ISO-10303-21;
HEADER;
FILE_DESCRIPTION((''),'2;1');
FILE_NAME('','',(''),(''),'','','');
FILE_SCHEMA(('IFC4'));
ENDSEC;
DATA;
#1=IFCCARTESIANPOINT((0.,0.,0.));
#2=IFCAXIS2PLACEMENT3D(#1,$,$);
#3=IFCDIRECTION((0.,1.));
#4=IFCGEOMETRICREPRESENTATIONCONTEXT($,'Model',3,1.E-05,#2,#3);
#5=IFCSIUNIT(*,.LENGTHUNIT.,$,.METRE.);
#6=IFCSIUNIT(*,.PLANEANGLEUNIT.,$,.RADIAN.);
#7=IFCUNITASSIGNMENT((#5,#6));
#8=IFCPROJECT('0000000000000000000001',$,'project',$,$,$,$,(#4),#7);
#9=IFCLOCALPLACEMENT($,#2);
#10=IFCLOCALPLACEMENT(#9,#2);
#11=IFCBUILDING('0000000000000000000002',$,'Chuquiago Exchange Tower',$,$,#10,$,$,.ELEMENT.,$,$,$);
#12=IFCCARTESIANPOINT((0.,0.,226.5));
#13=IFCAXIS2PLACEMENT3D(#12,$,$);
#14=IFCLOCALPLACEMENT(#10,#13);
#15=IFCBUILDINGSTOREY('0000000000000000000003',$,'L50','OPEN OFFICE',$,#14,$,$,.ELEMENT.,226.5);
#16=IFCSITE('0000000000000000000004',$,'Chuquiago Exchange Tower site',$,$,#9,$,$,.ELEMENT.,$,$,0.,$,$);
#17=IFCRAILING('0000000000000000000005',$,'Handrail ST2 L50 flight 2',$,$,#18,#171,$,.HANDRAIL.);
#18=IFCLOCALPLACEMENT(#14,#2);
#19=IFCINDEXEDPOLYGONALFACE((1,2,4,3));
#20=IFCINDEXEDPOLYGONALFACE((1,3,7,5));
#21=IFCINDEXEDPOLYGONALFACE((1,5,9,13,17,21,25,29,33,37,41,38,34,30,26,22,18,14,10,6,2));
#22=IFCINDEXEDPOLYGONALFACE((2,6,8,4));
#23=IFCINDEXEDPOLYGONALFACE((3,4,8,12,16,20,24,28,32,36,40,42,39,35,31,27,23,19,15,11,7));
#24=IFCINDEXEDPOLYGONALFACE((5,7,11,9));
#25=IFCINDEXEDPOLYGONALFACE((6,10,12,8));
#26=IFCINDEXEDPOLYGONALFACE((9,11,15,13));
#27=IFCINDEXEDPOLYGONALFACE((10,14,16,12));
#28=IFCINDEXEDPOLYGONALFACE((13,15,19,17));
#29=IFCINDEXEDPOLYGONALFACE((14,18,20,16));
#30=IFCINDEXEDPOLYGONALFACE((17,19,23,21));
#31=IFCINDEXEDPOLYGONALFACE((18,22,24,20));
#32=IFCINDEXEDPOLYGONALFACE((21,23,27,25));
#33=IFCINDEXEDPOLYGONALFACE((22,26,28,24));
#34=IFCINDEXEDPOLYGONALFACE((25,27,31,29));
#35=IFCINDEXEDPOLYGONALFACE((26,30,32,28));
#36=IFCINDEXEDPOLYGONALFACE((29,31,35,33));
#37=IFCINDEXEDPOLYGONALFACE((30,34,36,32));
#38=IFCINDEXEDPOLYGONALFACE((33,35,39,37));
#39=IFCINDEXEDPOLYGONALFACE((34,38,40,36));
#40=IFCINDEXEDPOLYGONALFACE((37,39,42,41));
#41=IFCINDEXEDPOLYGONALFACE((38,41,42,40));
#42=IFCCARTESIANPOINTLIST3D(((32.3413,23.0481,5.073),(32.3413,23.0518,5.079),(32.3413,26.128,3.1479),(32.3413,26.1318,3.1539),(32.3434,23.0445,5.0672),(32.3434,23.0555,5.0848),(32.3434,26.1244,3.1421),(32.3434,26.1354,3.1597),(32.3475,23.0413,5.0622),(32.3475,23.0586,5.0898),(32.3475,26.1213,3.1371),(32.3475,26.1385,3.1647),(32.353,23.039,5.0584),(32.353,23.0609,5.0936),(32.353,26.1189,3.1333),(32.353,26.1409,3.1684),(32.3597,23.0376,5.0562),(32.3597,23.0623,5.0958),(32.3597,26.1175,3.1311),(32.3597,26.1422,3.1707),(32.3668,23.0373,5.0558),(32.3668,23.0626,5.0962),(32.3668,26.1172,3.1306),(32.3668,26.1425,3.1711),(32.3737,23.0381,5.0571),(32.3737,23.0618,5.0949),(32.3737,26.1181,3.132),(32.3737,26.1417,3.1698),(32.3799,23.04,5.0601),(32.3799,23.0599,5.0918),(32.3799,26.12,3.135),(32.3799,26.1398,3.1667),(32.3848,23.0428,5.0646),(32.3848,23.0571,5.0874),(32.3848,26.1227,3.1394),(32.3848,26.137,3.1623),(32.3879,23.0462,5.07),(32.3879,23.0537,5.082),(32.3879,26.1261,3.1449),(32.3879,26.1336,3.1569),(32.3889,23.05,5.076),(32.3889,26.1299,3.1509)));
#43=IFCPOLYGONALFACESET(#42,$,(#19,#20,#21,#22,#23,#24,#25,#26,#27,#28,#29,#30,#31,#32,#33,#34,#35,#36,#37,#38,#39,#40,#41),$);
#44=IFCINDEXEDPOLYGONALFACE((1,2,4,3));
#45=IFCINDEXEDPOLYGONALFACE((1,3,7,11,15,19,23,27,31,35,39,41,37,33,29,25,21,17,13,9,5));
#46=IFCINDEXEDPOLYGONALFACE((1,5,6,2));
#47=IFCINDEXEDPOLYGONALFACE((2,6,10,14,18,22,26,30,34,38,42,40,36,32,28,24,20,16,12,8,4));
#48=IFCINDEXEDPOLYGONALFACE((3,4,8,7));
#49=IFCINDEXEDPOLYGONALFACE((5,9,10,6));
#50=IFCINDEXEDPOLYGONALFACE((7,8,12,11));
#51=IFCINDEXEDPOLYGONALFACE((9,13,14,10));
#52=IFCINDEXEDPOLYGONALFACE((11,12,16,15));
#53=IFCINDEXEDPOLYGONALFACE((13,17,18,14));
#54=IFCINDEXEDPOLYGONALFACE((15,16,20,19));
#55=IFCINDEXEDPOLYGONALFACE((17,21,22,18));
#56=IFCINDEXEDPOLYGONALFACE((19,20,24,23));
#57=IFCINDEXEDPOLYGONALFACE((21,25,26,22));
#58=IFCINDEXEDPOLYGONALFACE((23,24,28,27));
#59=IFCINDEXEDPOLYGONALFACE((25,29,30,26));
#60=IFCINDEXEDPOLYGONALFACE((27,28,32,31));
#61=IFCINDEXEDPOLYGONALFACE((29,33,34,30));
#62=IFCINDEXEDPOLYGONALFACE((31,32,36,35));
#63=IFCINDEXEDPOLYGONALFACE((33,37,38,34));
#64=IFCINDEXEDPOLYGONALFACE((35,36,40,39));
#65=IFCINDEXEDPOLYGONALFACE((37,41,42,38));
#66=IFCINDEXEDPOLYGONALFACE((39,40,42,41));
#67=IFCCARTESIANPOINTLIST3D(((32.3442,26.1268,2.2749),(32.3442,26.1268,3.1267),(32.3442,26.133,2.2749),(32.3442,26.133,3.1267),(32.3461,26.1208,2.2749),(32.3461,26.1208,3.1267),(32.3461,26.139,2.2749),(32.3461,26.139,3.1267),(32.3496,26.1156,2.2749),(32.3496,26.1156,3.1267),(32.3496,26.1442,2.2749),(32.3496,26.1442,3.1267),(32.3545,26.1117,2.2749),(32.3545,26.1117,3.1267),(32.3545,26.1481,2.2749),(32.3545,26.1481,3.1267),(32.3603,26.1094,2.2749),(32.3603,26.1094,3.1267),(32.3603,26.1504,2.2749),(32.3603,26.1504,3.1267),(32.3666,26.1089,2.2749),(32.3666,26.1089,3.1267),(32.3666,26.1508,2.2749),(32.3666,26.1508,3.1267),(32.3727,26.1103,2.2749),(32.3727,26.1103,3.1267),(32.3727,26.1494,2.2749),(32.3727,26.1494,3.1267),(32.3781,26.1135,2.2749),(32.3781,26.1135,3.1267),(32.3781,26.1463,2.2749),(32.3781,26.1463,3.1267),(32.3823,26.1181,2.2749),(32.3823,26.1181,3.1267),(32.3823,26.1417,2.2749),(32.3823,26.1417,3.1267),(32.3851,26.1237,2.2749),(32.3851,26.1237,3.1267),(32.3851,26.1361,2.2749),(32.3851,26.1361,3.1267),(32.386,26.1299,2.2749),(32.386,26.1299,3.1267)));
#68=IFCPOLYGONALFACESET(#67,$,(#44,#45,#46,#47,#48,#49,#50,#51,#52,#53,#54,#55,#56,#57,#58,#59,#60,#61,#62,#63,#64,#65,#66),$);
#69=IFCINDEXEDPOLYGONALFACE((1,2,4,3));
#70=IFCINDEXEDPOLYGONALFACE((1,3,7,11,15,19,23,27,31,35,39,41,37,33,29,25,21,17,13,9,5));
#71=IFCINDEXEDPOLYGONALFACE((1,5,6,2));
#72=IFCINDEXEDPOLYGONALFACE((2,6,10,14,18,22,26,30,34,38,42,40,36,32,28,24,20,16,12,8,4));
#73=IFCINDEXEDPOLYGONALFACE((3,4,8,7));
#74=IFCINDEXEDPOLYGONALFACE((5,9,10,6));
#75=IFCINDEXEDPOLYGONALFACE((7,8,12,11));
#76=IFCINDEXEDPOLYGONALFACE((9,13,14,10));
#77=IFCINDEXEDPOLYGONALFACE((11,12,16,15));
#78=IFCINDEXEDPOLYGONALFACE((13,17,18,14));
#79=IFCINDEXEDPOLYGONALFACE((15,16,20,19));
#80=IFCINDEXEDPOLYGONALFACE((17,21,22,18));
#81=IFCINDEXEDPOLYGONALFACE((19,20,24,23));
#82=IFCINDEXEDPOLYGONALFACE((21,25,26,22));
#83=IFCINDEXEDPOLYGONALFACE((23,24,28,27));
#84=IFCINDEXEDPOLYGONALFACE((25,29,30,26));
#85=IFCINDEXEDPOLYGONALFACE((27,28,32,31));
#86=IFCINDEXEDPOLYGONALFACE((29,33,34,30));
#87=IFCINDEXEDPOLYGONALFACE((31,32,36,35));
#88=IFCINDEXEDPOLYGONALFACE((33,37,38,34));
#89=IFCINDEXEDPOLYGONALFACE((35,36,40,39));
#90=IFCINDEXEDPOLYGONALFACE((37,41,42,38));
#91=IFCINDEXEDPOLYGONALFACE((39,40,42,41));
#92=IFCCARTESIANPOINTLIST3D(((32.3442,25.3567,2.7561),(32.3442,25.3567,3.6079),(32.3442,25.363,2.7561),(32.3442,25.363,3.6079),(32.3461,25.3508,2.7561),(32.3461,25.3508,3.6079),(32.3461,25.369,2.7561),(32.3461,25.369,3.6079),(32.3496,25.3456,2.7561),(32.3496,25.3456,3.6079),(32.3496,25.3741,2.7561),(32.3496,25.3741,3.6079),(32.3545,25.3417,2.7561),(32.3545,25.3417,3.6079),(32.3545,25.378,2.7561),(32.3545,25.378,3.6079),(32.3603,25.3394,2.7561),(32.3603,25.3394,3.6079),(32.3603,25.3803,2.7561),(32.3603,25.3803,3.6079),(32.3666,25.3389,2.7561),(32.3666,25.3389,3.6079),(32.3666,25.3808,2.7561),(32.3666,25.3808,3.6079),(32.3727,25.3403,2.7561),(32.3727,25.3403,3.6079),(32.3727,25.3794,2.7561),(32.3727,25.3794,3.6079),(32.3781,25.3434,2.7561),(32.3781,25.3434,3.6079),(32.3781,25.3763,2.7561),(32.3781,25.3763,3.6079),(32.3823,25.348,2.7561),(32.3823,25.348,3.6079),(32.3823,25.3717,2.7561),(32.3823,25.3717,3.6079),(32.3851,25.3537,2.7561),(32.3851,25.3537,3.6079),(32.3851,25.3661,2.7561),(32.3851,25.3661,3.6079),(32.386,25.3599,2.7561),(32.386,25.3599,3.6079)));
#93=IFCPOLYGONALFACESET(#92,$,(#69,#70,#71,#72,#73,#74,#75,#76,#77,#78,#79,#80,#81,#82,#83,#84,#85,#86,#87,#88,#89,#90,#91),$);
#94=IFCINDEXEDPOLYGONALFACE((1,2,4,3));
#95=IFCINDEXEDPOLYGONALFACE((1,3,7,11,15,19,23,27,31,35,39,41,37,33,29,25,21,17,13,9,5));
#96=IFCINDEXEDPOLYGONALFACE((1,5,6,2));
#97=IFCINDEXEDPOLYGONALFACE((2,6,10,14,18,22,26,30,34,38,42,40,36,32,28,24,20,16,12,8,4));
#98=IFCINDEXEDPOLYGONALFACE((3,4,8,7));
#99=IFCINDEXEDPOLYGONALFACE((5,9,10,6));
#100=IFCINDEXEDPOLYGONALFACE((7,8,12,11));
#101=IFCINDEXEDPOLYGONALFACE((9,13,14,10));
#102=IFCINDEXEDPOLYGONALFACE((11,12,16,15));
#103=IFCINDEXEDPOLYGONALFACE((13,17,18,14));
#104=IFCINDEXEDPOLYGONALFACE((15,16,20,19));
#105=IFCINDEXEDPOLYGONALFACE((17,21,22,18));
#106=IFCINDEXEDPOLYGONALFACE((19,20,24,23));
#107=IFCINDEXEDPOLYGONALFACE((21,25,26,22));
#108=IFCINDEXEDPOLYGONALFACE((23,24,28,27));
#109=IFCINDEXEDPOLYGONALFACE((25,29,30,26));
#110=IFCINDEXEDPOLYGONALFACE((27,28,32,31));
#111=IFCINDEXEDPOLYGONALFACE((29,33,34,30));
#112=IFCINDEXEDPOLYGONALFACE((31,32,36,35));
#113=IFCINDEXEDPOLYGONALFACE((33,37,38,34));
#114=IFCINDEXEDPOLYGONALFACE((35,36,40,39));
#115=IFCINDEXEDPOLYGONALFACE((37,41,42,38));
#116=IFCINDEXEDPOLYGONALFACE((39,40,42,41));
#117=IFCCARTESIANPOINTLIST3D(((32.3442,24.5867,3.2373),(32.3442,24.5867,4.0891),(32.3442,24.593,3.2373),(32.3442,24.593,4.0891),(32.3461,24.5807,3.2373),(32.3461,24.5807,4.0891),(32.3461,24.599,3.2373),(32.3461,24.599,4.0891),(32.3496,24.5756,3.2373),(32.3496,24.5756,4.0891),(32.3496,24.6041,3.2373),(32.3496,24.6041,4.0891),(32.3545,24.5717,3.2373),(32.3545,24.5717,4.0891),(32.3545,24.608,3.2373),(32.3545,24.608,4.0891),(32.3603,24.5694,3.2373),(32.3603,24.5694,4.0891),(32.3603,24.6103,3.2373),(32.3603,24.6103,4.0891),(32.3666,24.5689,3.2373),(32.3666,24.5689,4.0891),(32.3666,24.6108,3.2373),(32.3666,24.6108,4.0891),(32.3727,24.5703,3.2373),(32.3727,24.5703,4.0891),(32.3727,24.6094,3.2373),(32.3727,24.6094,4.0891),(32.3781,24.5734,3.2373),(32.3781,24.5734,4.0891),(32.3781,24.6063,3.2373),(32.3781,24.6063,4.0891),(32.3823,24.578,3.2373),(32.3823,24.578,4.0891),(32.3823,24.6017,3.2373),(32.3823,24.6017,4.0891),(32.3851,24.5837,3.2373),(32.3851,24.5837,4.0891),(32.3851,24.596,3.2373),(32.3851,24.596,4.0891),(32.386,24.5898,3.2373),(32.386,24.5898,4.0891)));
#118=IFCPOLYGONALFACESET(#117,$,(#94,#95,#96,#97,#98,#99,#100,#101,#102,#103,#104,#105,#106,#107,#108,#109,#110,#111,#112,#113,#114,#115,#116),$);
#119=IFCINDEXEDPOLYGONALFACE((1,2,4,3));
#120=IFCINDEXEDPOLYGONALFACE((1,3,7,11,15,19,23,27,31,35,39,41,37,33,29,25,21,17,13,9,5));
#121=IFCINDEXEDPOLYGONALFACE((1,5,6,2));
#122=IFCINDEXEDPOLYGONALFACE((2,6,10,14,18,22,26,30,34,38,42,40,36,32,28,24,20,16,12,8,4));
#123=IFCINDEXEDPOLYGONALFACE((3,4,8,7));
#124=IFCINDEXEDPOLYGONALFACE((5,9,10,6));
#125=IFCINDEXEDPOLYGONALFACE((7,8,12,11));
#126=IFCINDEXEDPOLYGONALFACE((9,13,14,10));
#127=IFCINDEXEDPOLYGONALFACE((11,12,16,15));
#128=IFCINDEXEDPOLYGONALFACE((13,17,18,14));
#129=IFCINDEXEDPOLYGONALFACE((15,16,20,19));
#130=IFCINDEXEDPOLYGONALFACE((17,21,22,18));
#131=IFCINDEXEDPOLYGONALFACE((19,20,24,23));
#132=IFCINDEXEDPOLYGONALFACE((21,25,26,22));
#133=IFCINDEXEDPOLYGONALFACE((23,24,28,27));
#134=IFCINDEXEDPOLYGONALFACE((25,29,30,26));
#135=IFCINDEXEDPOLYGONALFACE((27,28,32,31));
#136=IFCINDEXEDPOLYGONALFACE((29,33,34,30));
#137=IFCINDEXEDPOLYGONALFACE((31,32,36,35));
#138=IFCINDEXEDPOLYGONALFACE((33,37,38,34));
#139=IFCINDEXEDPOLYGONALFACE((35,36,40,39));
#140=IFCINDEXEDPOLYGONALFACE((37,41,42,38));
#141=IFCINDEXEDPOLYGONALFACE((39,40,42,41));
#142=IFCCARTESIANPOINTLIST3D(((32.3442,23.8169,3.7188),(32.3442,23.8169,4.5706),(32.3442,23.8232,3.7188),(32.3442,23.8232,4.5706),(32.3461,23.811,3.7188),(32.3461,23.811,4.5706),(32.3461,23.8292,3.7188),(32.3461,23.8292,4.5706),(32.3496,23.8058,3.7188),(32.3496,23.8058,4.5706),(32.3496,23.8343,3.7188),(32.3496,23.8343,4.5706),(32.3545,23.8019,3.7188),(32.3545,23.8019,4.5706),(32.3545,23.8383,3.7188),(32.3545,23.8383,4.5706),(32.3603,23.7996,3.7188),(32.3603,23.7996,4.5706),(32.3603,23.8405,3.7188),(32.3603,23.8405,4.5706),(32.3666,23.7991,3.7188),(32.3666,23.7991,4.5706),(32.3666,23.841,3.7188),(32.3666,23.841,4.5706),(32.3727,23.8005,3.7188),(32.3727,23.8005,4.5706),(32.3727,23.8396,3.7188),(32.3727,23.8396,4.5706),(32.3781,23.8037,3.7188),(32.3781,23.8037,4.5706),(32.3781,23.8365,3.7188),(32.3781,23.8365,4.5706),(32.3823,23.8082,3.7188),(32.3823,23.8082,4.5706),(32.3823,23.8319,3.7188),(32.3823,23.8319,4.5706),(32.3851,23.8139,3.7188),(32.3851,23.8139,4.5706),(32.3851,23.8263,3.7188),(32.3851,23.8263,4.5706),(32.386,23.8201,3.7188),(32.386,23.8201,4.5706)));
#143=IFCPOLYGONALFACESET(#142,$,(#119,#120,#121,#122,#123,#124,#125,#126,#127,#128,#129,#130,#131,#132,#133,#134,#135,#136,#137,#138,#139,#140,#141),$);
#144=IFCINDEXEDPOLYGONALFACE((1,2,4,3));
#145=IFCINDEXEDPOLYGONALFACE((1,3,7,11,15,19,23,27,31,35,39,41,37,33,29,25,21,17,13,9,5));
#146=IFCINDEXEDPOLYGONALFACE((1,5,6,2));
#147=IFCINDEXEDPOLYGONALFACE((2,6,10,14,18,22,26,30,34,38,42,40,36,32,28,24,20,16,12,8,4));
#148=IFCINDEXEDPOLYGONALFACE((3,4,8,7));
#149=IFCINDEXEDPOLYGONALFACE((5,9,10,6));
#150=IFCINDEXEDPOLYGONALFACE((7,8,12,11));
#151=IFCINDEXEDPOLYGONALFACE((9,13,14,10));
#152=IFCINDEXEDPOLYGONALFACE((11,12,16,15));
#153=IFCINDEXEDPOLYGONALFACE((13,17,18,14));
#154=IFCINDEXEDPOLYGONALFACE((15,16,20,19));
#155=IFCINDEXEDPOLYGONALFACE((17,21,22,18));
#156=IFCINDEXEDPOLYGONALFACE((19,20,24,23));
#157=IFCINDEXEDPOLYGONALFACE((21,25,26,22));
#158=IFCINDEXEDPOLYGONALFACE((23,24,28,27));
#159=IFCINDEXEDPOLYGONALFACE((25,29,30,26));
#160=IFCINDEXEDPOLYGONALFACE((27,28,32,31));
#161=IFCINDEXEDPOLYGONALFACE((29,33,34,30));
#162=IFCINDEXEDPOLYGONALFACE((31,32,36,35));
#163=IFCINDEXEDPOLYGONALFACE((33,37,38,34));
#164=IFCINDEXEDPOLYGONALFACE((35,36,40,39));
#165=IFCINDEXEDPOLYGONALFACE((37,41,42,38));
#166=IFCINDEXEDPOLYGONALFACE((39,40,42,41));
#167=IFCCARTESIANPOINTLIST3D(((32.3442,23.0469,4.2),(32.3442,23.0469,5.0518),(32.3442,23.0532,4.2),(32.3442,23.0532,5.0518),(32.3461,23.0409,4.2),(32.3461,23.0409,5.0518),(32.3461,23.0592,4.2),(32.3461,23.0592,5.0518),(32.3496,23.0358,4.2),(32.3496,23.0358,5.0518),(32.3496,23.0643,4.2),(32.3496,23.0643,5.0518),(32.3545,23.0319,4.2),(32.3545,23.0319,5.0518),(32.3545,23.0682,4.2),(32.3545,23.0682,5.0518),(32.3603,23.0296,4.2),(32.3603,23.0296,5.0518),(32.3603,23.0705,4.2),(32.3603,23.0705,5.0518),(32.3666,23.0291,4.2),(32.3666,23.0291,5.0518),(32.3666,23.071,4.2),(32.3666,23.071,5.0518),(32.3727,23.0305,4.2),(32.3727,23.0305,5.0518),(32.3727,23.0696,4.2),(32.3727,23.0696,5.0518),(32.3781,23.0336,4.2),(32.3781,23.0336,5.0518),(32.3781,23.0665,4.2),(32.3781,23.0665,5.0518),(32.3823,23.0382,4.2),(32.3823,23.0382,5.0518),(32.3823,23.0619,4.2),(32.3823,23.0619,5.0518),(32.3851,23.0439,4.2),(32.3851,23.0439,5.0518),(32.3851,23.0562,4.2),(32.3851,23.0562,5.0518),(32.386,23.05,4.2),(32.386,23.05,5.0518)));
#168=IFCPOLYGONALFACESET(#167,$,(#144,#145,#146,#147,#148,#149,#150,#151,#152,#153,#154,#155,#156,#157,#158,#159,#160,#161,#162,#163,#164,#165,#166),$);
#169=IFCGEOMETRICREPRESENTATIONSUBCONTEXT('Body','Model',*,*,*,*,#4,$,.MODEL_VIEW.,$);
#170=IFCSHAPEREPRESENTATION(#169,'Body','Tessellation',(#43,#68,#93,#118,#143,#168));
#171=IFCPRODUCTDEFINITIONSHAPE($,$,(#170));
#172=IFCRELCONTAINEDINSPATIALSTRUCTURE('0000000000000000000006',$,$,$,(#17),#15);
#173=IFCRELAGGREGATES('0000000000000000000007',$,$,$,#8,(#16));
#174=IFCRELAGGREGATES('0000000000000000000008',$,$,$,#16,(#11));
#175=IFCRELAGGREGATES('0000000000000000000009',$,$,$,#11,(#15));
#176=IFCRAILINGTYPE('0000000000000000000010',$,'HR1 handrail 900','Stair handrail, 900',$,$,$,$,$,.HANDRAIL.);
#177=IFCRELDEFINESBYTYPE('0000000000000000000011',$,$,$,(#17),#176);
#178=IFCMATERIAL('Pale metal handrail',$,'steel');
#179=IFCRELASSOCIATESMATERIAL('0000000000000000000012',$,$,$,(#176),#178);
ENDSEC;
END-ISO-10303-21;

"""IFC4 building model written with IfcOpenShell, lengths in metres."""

from ifc_helpers import new_model, si_unit, direction, frame, origin, origin_2d, place, context, subcontext, project, spatial, circle, extrude, material, type_object, element, save


model = new_model("IFC4")

# Units and contexts
model_context = context("Model", 3, precision=1e-05, world=origin(), true_north=direction((0.0, 1.0)))
body_context = subcontext(model_context, "Body", "Model", "MODEL_VIEW")
ifc_project = project(units=[si_unit("LENGTHUNIT", "METRE"), si_unit("PLANEANGLEUNIT", "RADIAN")], contexts=[model_context])

# Site, building, storey
site_placement = place(None, origin())
site = spatial("IfcSite", under=ifc_project, at=site_placement, Name="Chuquiago Exchange Tower site", CompositionType="ELEMENT", RefElevation=0.0)
building_placement = place(site_placement, origin())
building = spatial("IfcBuilding", under=site, at=building_placement, Name="Chuquiago Exchange Tower", CompositionType="ELEMENT")
storey_placement = place(building_placement, frame((0.0, 0.0, 226.5)))
storey = spatial("IfcBuildingStorey", under=building, at=storey_placement, Name="L50", Description="OPEN OFFICE", CompositionType="ELEMENT", Elevation=226.5)

# Railing
ifc_material_1 = material(Name="Pale metal handrail", Category="steel")
railing_type_1 = type_object("IfcRailingType", Name="HR1 handrail 900", Description="Stair handrail, 900", PredefinedType="HANDRAIL", material=ifc_material_1)
railing_1_placement = place(storey_placement, frame((32.365, 26.1299, 2.2749)))
element("IfcRailing", 1, at=railing_1_placement, inside=storey, type_object=railing_type_1, Name="Handrail ST2 L50 flight 2", PredefinedType="HANDRAIL", context=body_context, shape_type="SweptSolid", body=[
    extrude(circle(Radius=0.0239, at=origin_2d()), frame((0.0, 0.0, 0.876), z_axis=(0.0, -0.847979, 0.530029), x_axis=(1.0, 0.0, 0.0)), (0.0, 0.0, 1.0), 3.6321),
    extrude(circle(Radius=0.021, at=origin_2d()), origin(), (0.0, 0.0, 1.0), 0.8518),
    extrude(circle(Radius=0.021, at=origin_2d()), frame((0.0, -0.77, 0.4812)), (0.0, 0.0, 1.0), 0.8518),
    extrude(circle(Radius=0.021, at=origin_2d()), frame((0.0, -1.54, 0.9624)), (0.0, 0.0, 1.0), 0.8518),
    extrude(circle(Radius=0.021, at=origin_2d()), frame((0.0, -2.3098, 1.4438)), (0.0, 0.0, 1.0), 0.8518),
    extrude(circle(Radius=0.021, at=origin_2d()), frame((0.0, -3.0798, 1.925)), (0.0, 0.0, 1.0), 0.8518),
])

save(model, "model.ifc")
